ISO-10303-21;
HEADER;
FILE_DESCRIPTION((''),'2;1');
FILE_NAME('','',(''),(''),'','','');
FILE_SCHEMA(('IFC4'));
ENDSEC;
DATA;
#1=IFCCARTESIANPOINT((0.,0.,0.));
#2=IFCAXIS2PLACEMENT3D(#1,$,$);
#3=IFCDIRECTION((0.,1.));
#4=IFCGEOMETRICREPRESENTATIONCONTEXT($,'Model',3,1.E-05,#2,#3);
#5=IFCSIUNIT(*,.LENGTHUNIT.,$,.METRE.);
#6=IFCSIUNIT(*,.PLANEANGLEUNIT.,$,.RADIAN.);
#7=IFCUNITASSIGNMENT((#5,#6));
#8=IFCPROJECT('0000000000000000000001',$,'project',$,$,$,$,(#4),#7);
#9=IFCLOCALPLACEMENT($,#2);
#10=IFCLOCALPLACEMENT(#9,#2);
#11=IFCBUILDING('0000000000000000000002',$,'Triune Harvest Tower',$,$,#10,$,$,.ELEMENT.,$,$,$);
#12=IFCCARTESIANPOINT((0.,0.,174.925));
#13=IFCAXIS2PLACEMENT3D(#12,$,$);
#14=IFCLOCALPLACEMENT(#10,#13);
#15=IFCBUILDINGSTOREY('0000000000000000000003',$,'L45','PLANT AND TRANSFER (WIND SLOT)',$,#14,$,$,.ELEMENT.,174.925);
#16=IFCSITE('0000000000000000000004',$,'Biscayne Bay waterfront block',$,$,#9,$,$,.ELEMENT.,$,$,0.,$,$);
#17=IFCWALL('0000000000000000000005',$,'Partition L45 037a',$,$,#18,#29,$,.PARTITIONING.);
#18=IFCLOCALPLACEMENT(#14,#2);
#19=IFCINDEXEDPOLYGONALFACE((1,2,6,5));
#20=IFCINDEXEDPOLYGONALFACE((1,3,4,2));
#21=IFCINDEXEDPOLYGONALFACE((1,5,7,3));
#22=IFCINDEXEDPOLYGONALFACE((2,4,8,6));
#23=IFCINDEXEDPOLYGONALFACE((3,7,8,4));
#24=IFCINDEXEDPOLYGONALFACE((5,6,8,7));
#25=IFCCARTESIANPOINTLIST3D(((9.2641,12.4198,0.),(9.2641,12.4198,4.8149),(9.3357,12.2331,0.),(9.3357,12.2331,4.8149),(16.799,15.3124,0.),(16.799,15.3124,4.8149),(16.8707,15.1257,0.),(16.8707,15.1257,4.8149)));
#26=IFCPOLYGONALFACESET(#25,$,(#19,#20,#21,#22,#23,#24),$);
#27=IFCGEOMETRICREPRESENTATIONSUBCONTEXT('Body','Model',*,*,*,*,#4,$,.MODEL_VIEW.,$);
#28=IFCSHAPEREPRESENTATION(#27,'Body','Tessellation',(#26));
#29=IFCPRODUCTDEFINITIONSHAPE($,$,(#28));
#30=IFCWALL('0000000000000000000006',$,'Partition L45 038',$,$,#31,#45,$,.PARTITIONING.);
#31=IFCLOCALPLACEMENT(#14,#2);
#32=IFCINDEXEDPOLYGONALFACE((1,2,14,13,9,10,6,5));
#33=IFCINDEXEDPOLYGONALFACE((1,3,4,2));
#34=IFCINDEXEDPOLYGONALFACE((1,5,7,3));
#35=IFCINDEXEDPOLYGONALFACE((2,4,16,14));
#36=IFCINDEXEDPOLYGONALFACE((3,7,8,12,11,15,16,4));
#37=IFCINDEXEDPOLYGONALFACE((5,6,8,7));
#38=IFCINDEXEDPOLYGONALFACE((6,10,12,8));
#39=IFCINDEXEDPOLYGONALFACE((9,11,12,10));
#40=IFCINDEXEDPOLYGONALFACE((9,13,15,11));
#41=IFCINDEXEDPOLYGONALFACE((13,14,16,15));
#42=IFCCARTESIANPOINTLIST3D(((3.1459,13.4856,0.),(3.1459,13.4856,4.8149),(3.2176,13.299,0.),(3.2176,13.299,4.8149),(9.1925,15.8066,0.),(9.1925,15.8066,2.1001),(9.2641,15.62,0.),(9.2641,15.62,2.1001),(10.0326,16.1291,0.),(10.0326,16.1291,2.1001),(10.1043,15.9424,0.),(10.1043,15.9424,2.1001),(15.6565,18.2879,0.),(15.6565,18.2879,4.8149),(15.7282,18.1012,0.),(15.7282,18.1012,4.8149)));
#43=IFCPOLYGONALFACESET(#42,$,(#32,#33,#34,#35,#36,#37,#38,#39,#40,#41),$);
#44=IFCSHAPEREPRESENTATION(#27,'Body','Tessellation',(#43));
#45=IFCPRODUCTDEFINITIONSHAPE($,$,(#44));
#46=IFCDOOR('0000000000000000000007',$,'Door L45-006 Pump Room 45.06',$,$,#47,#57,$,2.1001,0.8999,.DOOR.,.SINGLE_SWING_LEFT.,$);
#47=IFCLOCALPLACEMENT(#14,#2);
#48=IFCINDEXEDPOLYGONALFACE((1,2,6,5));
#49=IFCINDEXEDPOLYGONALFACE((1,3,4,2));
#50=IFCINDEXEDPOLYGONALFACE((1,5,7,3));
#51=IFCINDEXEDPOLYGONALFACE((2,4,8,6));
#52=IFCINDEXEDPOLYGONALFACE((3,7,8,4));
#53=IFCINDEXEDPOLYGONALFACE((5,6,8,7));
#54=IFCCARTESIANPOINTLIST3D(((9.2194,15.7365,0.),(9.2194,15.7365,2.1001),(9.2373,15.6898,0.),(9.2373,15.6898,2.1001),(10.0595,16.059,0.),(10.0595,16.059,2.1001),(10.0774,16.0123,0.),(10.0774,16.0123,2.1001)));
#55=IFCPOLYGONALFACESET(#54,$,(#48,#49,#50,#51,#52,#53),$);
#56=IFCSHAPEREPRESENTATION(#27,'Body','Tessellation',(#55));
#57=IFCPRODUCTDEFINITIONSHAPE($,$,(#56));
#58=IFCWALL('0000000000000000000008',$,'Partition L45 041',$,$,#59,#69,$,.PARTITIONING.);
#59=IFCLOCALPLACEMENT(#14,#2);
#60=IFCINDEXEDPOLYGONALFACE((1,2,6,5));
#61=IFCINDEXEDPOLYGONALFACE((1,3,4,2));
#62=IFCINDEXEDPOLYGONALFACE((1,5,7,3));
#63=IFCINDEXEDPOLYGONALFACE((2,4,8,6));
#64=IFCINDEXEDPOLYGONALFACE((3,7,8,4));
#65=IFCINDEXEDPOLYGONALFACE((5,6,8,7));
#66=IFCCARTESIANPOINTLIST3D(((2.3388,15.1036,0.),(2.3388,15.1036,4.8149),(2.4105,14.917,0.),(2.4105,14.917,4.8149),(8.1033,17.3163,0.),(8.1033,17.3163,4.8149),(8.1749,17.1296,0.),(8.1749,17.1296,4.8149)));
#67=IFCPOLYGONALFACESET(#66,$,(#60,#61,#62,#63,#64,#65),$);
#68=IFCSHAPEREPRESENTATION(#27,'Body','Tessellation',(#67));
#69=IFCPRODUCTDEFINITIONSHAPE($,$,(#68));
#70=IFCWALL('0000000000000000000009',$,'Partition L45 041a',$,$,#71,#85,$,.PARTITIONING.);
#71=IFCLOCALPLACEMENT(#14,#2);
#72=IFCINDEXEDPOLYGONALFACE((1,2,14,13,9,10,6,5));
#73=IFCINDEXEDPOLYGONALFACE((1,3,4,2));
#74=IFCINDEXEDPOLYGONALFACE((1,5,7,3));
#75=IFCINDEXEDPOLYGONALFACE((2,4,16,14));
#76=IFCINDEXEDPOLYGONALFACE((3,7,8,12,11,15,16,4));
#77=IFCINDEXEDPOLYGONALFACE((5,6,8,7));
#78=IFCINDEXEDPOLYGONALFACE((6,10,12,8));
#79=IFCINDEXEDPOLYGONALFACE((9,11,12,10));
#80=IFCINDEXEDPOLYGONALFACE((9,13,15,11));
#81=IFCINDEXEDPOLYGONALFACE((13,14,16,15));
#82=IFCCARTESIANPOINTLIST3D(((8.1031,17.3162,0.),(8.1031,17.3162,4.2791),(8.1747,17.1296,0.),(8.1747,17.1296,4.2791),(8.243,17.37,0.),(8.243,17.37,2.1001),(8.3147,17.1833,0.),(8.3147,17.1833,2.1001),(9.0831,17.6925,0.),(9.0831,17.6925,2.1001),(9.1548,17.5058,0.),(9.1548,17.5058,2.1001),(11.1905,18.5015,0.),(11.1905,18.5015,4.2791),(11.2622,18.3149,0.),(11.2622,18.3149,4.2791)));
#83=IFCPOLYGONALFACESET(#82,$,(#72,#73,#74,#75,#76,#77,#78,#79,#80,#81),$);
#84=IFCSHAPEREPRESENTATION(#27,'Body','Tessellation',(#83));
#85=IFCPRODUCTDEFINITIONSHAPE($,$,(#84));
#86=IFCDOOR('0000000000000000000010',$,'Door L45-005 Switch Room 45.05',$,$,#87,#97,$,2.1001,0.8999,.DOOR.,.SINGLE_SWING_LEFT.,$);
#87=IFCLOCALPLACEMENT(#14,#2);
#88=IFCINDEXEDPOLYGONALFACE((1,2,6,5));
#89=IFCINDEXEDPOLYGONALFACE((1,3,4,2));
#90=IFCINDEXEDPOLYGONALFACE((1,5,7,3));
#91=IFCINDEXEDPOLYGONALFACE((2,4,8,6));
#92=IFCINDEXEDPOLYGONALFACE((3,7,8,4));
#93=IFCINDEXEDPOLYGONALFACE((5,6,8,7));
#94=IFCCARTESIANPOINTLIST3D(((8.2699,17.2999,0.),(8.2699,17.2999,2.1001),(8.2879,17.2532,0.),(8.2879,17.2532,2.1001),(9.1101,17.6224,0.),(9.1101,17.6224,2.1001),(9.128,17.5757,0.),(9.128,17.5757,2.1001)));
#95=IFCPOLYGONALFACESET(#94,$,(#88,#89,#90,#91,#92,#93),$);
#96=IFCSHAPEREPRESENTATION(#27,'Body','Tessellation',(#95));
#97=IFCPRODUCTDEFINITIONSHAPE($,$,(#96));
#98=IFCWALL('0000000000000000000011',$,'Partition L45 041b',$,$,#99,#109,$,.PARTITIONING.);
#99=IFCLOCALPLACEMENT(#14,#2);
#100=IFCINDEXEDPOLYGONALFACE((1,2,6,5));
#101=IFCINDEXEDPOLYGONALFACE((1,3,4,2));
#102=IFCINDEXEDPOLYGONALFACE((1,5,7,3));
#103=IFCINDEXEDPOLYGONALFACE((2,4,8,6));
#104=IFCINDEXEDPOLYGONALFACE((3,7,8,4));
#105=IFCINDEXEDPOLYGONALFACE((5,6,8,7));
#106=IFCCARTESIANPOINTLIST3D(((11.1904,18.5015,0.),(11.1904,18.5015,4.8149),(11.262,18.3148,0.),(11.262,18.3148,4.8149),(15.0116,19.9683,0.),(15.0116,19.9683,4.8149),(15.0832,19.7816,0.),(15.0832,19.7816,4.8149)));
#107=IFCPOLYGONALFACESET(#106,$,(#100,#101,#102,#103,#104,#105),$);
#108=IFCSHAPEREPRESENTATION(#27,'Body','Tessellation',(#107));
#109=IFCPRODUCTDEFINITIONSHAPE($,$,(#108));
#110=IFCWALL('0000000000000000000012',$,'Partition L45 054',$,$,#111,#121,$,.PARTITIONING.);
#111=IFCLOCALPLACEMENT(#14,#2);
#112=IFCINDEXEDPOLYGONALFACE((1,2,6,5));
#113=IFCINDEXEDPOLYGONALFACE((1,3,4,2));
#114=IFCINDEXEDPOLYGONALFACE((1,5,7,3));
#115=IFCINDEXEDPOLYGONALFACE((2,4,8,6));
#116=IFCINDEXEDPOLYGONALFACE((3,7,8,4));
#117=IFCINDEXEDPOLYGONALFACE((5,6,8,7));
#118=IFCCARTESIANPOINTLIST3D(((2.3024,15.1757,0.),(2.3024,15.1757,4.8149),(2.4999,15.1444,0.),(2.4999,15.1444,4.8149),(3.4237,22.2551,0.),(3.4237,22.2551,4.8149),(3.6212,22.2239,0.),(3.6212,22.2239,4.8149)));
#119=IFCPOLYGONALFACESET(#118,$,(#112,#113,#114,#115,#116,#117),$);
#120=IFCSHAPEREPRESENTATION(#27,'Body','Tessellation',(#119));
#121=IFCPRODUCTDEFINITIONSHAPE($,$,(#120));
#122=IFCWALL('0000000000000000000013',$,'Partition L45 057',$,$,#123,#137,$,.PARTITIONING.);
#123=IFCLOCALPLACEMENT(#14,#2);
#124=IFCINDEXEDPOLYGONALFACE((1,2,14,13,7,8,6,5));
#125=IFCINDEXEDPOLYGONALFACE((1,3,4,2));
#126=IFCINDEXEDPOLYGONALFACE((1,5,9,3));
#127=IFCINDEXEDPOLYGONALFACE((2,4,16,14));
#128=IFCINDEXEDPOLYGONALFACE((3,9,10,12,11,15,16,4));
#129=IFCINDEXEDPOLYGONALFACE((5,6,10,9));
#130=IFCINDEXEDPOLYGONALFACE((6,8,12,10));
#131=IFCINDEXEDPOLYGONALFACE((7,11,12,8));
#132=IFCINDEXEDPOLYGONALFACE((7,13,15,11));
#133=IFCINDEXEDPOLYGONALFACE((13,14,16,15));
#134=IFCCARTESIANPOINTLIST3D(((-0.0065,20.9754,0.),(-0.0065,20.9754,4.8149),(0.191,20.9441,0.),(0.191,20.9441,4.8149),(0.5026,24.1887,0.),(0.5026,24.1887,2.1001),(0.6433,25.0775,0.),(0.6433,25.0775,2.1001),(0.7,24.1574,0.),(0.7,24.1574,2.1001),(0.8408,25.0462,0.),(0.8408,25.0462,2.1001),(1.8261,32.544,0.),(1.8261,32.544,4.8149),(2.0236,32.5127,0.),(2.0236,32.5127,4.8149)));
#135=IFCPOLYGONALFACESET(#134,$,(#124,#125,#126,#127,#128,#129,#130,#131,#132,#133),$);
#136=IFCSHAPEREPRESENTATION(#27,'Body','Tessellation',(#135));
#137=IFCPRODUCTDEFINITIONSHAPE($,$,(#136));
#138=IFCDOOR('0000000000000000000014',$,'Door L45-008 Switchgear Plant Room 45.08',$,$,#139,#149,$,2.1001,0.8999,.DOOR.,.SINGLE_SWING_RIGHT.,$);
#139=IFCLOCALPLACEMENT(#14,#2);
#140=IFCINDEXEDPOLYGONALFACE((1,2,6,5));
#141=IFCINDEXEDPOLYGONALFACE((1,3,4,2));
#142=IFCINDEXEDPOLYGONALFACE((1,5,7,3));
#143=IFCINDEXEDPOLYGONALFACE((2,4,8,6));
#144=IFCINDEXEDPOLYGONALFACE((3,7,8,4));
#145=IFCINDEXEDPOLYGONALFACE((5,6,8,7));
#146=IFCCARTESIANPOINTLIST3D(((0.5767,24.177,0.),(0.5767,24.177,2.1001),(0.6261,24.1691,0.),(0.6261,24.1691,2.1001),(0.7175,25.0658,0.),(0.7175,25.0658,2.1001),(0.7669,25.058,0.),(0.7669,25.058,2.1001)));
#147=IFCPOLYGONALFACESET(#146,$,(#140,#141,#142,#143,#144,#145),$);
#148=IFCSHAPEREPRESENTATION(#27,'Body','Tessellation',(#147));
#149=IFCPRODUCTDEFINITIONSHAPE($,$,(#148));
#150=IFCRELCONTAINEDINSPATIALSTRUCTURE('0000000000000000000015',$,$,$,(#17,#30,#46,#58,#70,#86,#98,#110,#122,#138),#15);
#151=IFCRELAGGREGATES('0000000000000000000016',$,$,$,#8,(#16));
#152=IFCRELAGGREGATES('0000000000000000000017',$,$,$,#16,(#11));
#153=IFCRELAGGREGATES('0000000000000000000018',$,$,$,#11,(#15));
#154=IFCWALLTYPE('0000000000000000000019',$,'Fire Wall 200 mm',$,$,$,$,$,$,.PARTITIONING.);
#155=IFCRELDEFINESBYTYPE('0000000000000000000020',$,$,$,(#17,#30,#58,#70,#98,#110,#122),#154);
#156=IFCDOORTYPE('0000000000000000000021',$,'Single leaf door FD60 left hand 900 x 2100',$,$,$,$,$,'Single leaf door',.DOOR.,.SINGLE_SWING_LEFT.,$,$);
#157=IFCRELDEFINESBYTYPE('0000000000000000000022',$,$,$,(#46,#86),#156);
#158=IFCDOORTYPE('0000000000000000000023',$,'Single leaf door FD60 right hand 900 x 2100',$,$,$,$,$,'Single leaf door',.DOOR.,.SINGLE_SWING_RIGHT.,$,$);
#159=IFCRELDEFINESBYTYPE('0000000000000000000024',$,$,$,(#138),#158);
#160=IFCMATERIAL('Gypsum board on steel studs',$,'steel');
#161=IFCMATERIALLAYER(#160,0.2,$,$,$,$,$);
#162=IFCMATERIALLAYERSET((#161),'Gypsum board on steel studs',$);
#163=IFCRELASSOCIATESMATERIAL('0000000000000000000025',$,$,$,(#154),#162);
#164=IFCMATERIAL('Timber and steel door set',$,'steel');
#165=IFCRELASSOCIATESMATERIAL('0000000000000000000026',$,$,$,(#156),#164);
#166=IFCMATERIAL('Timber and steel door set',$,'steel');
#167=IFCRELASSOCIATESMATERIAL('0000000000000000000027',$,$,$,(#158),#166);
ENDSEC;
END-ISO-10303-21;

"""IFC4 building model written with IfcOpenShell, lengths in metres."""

from ifc_helpers import new_model, si_unit, direction, frame, frame_2d, origin, place, context, subcontext, project, spatial, rectangle, extrude, material, layer, layer_set, type_object, element, fill, save


model = new_model("IFC4")

# Units and contexts
model_context = context("Model", 3, precision=1e-05, world=origin(), true_north=direction((0.0, 1.0)))
body_context = subcontext(model_context, "Body", "Model", "MODEL_VIEW")
ifc_project = project(units=[si_unit("LENGTHUNIT", "METRE"), si_unit("PLANEANGLEUNIT", "RADIAN")], contexts=[model_context])

# Site, building, storey
site_placement = place(None, origin())
site = spatial("IfcSite", under=ifc_project, at=site_placement, Name="Biscayne Bay waterfront block", CompositionType="ELEMENT", RefElevation=0.0)
building_placement = place(site_placement, origin())
building = spatial("IfcBuilding", under=site, at=building_placement, Name="Triune Harvest Tower", CompositionType="ELEMENT")
storey_placement = place(building_placement, frame((0.0, 0.0, 174.925)))
storey = spatial("IfcBuildingStorey", under=building, at=storey_placement, Name="L45", Description="PLANT AND TRANSFER (WIND SLOT)", CompositionType="ELEMENT", Elevation=174.925)

# Shared definitions
ifc_material_1 = material(Name="Gypsum board on steel studs", Category="steel")
ifc_layer = layer(ifc_material_1, 0.2)
ifc_layer_set = layer_set([ifc_layer], Name="Gypsum board on steel studs")
wall_type = type_object("IfcWallType", Name="Fire Wall 200 mm", PredefinedType="PARTITIONING", material=ifc_layer_set)

# Shared definitions
ifc_material_2 = material(Name="Timber and steel door set", Category="steel")
door_type_1 = type_object("IfcDoorType", Name="Single leaf door FD60 left hand 900 x 2100", ElementType="Single leaf door", OperationType="SINGLE_SWING_LEFT", PredefinedType="DOOR", material=ifc_material_2)

# Wall
wall_1_placement = place(storey_placement, frame((9.2998, 12.3264, 0.0), z_axis=(0.0, 0.0, 1.0), x_axis=(0.933572, 0.358389, 0.0)))
element("IfcWall", 1, at=wall_1_placement, inside=storey, type_object=wall_type, Name="Partition L45 037a", PredefinedType="PARTITIONING", context=body_context, shape_type="SweptSolid", body=[
    extrude(rectangle(XDim=8.071, YDim=0.2, at=frame_2d((4.0356, 0.0))), origin(), (0.0, 0.0, 1.0), 4.8149),
])

# Wall, opening, door
wall_2_placement = place(storey_placement, frame((3.1819, 13.3923, 0.0), z_axis=(0.0, 0.0, 1.0), x_axis=(0.933583, 0.358362, 0.0)))
wall_2 = element("IfcWall", 2, at=wall_2_placement, inside=storey, type_object=wall_type, Name="Partition L45 038", PredefinedType="PARTITIONING", context=body_context, shape_type="SweptSolid", body=[
    extrude(rectangle(XDim=13.4006, YDim=0.2, at=frame_2d((6.7002, 0.0))), origin(), (0.0, 0.0, 1.0), 4.8149),
])
opening_1_placement = place(wall_2_placement, frame((6.4766, 0.0, 0.0)))
opening_1 = element("IfcOpeningElement", 3, at=opening_1_placement, cuts=wall_2, PredefinedType="OPENING", context=body_context, shape_type="SweptSolid", body=[
    extrude(rectangle(XDim=0.8999, YDim=2.1001, at=frame_2d((0.45, 1.05))), frame((0.0, 0.1099, 0.0), z_axis=(0.0, -1.0, 0.0), x_axis=(1.0, 0.0, 0.0)), (0.0, 0.0, 1.0), 0.22),
])
door_1_placement = place(opening_1_placement, origin())
door_1 = element("IfcDoor", 4, at=door_1_placement, inside=storey, type_object=door_type_1, Name="Door L45-006 Pump Room 45.06", OperationType="SINGLE_SWING_LEFT", OverallHeight=2.1001, OverallWidth=0.8999, PredefinedType="DOOR", context=body_context, shape_type="SweptSolid", body=[
    extrude(rectangle(XDim=0.8999, YDim=2.1001, at=frame_2d((0.45, 1.05))), frame((0.0, 0.0249, 0.0), z_axis=(0.0, -1.0, 0.0), x_axis=(1.0, 0.0, 0.0)), (0.0, 0.0, 1.0), 0.05),
])
fill(opening_1, door_1)

# Wall
wall_3_placement = place(storey_placement, frame((2.3745, 15.0103, 0.0), z_axis=(0.0, 0.0, 1.0), x_axis=(0.933586, 0.358354, 0.0)))
element("IfcWall", 5, at=wall_3_placement, inside=storey, type_object=wall_type, Name="Partition L45 041", PredefinedType="PARTITIONING", context=body_context, shape_type="SweptSolid", body=[
    extrude(rectangle(XDim=6.1746, YDim=0.2, at=frame_2d((3.0874, 0.0))), origin(), (0.0, 0.0, 1.0), 4.8149),
])

# Wall, opening, door
wall_4_placement = place(storey_placement, frame((8.1389, 17.2229, 0.0), z_axis=(0.0, 0.0, 1.0), x_axis=(0.933564, 0.35841, 0.0)))
wall_4 = element("IfcWall", 6, at=wall_4_placement, inside=storey, type_object=wall_type, Name="Partition L45 041a", PredefinedType="PARTITIONING", context=body_context, shape_type="SweptSolid", body=[
    extrude(rectangle(XDim=3.3071, YDim=0.2, at=frame_2d((1.6536, 0.0))), origin(), (0.0, 0.0, 1.0), 4.2791),
])
opening_2_placement = place(wall_4_placement, frame((0.1499, 0.0, 0.0)))
opening_2 = element("IfcOpeningElement", 7, at=opening_2_placement, cuts=wall_4, PredefinedType="OPENING", context=body_context, shape_type="SweptSolid", body=[
    extrude(rectangle(XDim=0.8999, YDim=2.1001, at=frame_2d((0.45, 1.05))), frame((0.0, 0.1099, 0.0), z_axis=(0.0, -1.0, 0.0), x_axis=(1.0, 0.0, 0.0)), (0.0, 0.0, 1.0), 0.22),
])
door_2_placement = place(opening_2_placement, origin())
door_2 = element("IfcDoor", 8, at=door_2_placement, inside=storey, type_object=door_type_1, Name="Door L45-005 Switch Room 45.05", OperationType="SINGLE_SWING_LEFT", OverallHeight=2.1001, OverallWidth=0.8999, PredefinedType="DOOR", context=body_context, shape_type="SweptSolid", body=[
    extrude(rectangle(XDim=0.8999, YDim=2.1001, at=frame_2d((0.45, 1.05))), frame((0.0, 0.0249, 0.0), z_axis=(0.0, -1.0, 0.0), x_axis=(1.0, 0.0, 0.0)), (0.0, 0.0, 1.0), 0.05),
])
fill(opening_2, door_2)

# Walls
wall_5_placement = place(storey_placement, frame((11.2263, 18.4082, 0.0), z_axis=(0.0, 0.0, 1.0), x_axis=(0.933585, 0.358355, 0.0)))
element("IfcWall", 9, at=wall_5_placement, inside=storey, type_object=wall_type, Name="Partition L45 041b", PredefinedType="PARTITIONING", context=body_context, shape_type="SweptSolid", body=[
    extrude(rectangle(XDim=4.093, YDim=0.2, at=frame_2d((2.0464, 0.0))), origin(), (0.0, 0.0, 1.0), 4.8149),
])
wall_6_placement = place(storey_placement, frame((2.4011, 15.1599, 0.0), z_axis=(0.0, 0.0, 1.0), x_axis=(0.15644, 0.987687, 0.0)))
element("IfcWall", 10, at=wall_6_placement, inside=storey, type_object=wall_type, Name="Partition L45 054", PredefinedType="PARTITIONING", context=body_context, shape_type="SweptSolid", body=[
    extrude(rectangle(XDim=7.1677, YDim=0.2, at=frame_2d((3.584, 0.0))), origin(), (0.0, 0.0, 1.0), 4.8149),
])

# Wall, opening, door
wall_7_placement = place(storey_placement, frame((0.0923, 20.9597, 0.0), z_axis=(0.0, 0.0, 1.0), x_axis=(0.156454, 0.987685, 0.0)))
wall_7 = element("IfcWall", 11, at=wall_7_placement, inside=storey, type_object=wall_type, Name="Partition L45 057", PredefinedType="PARTITIONING", context=body_context, shape_type="SweptSolid", body=[
    extrude(rectangle(XDim=11.7129, YDim=0.2, at=frame_2d((5.8564, 0.0))), origin(), (0.0, 0.0, 1.0), 4.8149),
])
opening_3_placement = place(wall_7_placement, frame((3.2534, 0.0, 0.0)))
opening_3 = element("IfcOpeningElement", 12, at=opening_3_placement, cuts=wall_7, PredefinedType="OPENING", context=body_context, shape_type="SweptSolid", body=[
    extrude(rectangle(XDim=0.8999, YDim=2.1001, at=frame_2d((0.45, 1.05))), frame((0.0, 0.1099, 0.0), z_axis=(0.0, -1.0, 0.0), x_axis=(1.0, 0.0, 0.0)), (0.0, 0.0, 1.0), 0.22),
])
ifc_material_3 = material(Name="Timber and steel door set", Category="steel")
door_type_2 = type_object("IfcDoorType", Name="Single leaf door FD60 right hand 900 x 2100", ElementType="Single leaf door", OperationType="SINGLE_SWING_RIGHT", PredefinedType="DOOR", material=ifc_material_3)
door_3_placement = place(opening_3_placement, origin())
door_3 = element("IfcDoor", 13, at=door_3_placement, inside=storey, type_object=door_type_2, Name="Door L45-008 Switchgear Plant Room 45.08", OperationType="SINGLE_SWING_RIGHT", OverallHeight=2.1001, OverallWidth=0.8999, PredefinedType="DOOR", context=body_context, shape_type="SweptSolid", body=[
    extrude(rectangle(XDim=0.8999, YDim=2.1001, at=frame_2d((0.45, 1.05))), frame((0.0, 0.0249, 0.0), z_axis=(0.0, -1.0, 0.0), x_axis=(1.0, 0.0, 0.0)), (0.0, 0.0, 1.0), 0.05),
])
fill(opening_3, door_3)

save(model, "model.ifc")
